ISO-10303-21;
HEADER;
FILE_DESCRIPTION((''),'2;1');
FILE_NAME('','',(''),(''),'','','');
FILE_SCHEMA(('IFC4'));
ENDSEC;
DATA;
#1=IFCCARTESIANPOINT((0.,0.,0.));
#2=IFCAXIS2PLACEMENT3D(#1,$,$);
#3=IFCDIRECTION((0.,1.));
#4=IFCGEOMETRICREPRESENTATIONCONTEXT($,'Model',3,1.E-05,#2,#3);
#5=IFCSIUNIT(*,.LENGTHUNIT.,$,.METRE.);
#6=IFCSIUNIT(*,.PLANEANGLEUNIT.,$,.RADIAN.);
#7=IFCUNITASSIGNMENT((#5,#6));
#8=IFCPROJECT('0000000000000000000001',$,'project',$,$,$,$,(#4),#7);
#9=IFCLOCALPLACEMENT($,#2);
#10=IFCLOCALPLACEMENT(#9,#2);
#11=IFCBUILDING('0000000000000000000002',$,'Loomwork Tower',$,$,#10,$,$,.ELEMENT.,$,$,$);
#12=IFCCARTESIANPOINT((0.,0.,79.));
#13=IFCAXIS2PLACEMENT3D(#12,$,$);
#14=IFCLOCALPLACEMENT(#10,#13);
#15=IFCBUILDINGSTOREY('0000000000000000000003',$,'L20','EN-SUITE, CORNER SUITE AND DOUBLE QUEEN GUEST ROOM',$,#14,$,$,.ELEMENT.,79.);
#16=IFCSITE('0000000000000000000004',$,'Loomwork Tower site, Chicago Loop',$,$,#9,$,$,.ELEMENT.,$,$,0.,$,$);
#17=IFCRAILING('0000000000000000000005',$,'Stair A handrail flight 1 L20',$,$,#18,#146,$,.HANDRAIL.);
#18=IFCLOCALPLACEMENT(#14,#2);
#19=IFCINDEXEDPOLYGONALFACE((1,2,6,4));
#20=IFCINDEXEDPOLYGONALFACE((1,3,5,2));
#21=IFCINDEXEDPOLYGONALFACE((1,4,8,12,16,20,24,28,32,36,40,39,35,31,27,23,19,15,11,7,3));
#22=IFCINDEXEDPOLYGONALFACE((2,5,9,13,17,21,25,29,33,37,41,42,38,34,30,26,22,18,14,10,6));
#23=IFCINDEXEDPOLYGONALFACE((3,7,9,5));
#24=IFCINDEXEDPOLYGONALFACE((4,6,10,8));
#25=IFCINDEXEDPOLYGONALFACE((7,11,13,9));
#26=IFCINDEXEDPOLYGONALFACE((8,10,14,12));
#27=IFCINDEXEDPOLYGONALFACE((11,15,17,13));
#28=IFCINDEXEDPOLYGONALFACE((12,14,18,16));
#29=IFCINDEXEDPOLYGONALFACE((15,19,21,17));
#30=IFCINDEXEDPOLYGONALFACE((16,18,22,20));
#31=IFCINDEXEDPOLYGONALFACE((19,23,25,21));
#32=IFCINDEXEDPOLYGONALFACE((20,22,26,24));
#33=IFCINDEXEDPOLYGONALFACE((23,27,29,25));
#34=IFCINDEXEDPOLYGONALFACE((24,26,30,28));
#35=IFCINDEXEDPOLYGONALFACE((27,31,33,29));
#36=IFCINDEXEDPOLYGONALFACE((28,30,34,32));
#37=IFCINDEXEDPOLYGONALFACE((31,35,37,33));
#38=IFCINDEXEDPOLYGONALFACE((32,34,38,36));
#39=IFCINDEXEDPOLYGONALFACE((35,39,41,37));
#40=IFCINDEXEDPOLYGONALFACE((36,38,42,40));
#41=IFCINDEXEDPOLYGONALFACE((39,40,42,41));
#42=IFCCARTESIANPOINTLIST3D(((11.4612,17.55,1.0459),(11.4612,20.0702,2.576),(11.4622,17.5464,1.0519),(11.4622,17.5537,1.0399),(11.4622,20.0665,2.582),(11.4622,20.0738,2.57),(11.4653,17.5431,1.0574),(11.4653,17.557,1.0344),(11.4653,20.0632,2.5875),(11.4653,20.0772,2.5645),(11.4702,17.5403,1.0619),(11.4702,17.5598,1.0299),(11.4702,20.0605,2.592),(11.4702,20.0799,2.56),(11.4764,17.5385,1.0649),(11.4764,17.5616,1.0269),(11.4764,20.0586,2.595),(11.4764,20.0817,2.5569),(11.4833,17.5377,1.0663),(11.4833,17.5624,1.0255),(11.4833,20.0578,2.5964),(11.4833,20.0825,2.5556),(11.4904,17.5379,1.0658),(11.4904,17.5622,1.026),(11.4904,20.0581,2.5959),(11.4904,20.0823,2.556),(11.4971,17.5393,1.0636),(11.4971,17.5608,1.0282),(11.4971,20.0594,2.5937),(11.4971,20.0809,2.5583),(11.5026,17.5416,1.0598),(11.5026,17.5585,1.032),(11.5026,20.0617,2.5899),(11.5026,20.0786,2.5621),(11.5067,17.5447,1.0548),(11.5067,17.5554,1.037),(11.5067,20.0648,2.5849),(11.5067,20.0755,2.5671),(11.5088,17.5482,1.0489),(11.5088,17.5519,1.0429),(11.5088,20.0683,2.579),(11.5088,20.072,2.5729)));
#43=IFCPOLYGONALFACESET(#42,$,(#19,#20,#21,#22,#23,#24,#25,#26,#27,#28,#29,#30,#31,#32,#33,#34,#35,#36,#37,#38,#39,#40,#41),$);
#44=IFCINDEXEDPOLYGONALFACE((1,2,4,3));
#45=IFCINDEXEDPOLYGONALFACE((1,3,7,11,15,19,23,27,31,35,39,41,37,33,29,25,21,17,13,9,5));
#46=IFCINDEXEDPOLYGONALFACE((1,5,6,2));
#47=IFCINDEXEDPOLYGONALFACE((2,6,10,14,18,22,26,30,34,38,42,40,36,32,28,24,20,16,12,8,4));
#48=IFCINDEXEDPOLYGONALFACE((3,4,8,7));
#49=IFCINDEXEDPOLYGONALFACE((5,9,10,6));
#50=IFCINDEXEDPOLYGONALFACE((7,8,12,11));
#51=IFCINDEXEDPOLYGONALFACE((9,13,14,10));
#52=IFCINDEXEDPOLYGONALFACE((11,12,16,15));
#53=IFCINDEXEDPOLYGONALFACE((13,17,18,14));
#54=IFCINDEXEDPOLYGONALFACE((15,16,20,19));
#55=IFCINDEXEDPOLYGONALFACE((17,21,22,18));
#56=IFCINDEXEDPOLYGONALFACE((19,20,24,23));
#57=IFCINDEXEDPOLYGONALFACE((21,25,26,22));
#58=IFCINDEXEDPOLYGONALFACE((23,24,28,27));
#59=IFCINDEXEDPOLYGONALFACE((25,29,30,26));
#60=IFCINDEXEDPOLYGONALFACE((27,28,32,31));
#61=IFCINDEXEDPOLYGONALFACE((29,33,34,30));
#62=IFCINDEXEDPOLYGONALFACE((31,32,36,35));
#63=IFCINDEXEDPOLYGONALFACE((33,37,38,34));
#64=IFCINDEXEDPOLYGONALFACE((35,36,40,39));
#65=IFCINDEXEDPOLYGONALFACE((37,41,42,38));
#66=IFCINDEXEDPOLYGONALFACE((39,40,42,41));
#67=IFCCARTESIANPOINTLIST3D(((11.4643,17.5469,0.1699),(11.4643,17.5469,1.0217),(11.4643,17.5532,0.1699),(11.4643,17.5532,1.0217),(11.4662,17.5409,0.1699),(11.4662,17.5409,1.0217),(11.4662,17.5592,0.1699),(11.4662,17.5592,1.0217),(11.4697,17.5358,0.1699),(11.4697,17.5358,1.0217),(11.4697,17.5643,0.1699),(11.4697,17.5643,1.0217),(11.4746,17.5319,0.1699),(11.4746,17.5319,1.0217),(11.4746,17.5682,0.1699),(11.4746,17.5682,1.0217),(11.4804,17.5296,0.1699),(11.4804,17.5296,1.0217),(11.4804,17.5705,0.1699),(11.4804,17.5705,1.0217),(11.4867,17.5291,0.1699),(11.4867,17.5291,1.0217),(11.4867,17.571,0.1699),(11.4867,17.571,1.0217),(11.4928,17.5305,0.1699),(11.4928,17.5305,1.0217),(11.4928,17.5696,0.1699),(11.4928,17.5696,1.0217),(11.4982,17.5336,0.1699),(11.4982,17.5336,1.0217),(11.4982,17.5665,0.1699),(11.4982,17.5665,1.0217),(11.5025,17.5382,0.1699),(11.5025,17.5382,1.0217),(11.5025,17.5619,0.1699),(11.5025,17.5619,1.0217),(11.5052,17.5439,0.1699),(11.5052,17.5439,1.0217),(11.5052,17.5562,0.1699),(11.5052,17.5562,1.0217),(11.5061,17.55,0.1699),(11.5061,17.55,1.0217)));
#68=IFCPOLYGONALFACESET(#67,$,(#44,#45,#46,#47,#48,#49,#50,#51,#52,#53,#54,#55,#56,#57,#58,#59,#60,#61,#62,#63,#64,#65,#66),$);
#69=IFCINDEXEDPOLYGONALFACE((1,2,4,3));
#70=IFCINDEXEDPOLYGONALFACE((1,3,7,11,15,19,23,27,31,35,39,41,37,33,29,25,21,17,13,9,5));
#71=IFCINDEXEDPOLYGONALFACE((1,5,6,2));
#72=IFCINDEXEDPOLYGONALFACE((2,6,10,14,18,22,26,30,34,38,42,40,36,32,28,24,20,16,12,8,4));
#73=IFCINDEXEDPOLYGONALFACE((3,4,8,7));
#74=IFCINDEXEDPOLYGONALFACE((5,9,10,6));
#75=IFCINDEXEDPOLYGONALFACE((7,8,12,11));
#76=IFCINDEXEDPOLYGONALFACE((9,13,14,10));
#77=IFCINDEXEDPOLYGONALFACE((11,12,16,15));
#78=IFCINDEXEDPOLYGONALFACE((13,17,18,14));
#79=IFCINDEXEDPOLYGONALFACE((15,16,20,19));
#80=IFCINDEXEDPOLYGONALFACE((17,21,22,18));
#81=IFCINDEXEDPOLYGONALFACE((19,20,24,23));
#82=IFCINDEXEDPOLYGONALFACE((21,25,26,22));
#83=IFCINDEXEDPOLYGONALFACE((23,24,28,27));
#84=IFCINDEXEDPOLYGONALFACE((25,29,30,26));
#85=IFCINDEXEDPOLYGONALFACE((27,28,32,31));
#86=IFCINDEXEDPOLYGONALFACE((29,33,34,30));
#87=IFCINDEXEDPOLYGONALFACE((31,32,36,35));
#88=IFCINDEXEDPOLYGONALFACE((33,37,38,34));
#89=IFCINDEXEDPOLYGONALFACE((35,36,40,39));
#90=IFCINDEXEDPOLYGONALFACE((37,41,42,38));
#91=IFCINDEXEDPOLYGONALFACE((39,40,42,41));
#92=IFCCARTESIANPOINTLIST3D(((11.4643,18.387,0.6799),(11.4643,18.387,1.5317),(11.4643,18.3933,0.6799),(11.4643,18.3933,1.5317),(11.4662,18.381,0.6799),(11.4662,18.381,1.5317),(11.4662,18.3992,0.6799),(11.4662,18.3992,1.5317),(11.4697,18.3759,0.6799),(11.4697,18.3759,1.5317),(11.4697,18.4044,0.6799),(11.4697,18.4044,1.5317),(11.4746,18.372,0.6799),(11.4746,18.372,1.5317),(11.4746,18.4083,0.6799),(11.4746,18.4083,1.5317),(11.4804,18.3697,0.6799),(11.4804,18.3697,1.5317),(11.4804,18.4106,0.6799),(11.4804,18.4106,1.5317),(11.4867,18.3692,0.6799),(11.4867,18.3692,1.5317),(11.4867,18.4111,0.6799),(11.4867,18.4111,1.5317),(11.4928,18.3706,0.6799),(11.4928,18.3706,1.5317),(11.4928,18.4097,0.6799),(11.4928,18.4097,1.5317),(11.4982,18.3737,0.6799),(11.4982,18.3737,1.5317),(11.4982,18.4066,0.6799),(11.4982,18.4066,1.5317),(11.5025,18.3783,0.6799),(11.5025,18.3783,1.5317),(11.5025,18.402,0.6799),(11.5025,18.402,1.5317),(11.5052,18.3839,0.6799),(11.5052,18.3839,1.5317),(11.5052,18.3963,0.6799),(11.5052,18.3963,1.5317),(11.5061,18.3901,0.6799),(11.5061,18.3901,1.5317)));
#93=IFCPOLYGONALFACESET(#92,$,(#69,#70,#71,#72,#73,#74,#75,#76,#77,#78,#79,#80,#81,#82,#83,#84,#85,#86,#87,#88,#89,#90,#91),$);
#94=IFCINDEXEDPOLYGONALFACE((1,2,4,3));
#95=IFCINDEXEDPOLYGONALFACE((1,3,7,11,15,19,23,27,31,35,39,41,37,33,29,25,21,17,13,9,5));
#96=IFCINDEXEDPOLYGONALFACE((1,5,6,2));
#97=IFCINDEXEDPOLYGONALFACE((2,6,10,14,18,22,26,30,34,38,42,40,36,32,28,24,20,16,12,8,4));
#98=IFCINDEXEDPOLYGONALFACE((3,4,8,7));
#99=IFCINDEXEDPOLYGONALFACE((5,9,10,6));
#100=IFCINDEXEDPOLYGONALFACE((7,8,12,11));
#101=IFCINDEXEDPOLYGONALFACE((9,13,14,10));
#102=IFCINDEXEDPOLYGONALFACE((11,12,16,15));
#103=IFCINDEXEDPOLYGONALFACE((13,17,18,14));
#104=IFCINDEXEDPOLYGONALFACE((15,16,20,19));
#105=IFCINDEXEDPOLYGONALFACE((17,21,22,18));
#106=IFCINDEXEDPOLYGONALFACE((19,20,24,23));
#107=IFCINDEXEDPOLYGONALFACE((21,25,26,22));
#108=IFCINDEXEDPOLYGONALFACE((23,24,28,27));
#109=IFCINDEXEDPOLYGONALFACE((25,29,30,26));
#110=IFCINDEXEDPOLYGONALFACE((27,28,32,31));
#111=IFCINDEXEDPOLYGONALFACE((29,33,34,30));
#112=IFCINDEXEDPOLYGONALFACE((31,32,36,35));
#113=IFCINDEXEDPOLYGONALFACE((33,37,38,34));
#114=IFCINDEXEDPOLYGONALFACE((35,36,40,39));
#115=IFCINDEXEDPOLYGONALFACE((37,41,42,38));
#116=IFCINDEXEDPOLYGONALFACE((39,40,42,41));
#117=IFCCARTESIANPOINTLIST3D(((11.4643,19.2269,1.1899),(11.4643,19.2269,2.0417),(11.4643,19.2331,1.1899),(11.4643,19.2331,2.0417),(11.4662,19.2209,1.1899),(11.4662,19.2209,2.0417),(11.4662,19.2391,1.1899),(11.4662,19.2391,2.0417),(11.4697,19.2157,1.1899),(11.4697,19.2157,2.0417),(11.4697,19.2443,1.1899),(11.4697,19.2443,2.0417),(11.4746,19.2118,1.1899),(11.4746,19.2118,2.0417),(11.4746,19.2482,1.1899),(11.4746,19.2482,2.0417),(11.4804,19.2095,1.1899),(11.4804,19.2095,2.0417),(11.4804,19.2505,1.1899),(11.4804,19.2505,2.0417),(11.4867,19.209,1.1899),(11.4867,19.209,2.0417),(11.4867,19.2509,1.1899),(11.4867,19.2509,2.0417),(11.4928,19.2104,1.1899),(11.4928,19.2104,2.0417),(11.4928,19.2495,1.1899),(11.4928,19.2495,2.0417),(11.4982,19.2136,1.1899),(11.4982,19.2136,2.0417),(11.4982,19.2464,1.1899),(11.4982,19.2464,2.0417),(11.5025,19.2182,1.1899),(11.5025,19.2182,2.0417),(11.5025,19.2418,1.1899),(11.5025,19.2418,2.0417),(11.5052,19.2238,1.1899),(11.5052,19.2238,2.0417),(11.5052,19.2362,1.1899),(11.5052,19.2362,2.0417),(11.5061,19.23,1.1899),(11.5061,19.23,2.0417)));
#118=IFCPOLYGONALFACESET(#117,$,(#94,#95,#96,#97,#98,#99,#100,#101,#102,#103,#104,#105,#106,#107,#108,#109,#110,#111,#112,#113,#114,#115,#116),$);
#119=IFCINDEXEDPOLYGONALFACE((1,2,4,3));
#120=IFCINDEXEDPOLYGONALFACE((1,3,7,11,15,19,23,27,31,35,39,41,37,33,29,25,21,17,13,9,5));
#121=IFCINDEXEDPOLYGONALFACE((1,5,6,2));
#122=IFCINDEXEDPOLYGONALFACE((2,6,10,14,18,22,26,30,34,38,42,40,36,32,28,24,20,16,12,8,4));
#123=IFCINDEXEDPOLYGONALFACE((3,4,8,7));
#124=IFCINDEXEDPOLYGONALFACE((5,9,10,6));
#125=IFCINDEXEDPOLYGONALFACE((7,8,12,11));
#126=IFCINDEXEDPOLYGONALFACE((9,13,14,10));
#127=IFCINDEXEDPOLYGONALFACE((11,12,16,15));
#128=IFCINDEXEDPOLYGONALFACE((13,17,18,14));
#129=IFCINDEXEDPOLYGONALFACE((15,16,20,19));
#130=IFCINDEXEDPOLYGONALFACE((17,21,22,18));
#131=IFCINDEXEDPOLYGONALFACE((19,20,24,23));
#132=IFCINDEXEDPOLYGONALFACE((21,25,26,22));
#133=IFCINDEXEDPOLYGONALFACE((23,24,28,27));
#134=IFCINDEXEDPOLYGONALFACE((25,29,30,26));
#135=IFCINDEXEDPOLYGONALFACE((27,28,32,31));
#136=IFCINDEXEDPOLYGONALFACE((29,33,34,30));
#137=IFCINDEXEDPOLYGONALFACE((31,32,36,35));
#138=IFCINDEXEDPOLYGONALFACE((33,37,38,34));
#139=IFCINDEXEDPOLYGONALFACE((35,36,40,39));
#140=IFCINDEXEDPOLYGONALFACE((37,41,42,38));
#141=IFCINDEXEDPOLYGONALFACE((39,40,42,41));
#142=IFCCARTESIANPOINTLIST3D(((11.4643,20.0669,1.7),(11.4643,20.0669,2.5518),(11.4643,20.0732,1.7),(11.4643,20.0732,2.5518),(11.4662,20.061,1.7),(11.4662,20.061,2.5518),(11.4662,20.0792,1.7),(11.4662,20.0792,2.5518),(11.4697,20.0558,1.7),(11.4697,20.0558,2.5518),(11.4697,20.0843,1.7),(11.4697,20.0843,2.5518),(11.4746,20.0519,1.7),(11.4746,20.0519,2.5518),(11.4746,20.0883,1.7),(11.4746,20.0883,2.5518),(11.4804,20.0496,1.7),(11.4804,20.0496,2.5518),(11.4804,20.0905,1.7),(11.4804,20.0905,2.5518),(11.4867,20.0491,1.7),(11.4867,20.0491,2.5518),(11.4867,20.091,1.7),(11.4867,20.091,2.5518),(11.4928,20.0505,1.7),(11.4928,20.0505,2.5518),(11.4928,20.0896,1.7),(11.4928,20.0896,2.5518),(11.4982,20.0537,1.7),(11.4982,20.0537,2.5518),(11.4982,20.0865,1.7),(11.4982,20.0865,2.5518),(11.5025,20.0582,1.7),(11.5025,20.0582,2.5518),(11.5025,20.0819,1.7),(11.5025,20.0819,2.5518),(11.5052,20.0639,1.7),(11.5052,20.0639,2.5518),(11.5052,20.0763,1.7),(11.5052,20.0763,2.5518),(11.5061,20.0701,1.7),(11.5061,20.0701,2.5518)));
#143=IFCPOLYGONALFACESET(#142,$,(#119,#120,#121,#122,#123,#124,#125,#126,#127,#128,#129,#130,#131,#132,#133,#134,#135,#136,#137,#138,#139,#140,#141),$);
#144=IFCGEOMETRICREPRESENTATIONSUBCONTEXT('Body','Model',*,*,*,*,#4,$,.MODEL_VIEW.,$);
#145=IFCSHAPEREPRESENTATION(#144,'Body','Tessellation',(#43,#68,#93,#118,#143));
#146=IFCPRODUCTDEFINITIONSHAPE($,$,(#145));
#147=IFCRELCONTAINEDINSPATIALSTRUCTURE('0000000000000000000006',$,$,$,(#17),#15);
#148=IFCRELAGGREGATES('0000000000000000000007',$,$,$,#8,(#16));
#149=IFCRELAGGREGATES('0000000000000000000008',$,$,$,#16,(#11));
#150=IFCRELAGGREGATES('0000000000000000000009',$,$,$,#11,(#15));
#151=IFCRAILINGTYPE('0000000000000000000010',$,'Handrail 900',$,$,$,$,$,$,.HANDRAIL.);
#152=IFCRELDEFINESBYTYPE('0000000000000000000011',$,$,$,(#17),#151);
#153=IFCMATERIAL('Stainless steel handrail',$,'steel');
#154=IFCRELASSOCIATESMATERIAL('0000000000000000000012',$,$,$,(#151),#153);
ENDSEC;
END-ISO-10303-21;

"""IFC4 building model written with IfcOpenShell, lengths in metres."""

from ifc_helpers import new_model, si_unit, direction, frame, origin, origin_2d, place, context, subcontext, project, spatial, circle, extrude, material, type_object, element, save


model = new_model("IFC4")

# Units and contexts
model_context = context("Model", 3, precision=1e-05, world=origin(), true_north=direction((0.0, 1.0)))
body_context = subcontext(model_context, "Body", "Model", "MODEL_VIEW")
ifc_project = project(units=[si_unit("LENGTHUNIT", "METRE"), si_unit("PLANEANGLEUNIT", "RADIAN")], contexts=[model_context])

# Site, building, storey
site_placement = place(None, origin())
site = spatial("IfcSite", under=ifc_project, at=site_placement, Name="Loomwork Tower site, Chicago Loop", CompositionType="ELEMENT", RefElevation=0.0)
building_placement = place(site_placement, origin())
building = spatial("IfcBuilding", under=site, at=building_placement, Name="Loomwork Tower", CompositionType="ELEMENT")
storey_placement = place(building_placement, frame((0.0, 0.0, 79.0)))
storey = spatial("IfcBuildingStorey", under=building, at=storey_placement, Name="L20", Description="EN-SUITE, CORNER SUITE AND DOUBLE QUEEN GUEST ROOM", CompositionType="ELEMENT", Elevation=79.0)

# Railing
ifc_material_1 = material(Name="Stainless steel handrail", Category="steel")
railing_type = type_object("IfcRailingType", Name="Handrail 900", PredefinedType="HANDRAIL", material=ifc_material_1)
railing_1_placement = place(storey_placement, frame((11.4851, 17.55, 0.1699)))
element("IfcRailing", 1, at=railing_1_placement, inside=storey, type_object=railing_type, Name="Stair A handrail flight 1 L20", PredefinedType="HANDRAIL", context=body_context, shape_type="SweptSolid", body=[
    extrude(circle(Radius=0.0239, at=origin_2d()), frame((0.0, 0.0, 0.876), z_axis=(0.0, 0.854785, 0.518982), x_axis=(-1.0, 0.0, 0.0)), (0.0, 0.0, 1.0), 2.9482),
    extrude(circle(Radius=0.021, at=origin_2d()), origin(), (0.0, 0.0, 1.0), 0.8518),
    extrude(circle(Radius=0.021, at=origin_2d()), frame((0.0, 0.8401, 0.51)), (0.0, 0.0, 1.0), 0.8518),
    extrude(circle(Radius=0.021, at=origin_2d()), frame((0.0, 1.6799, 1.02)), (0.0, 0.0, 1.0), 0.8518),
    extrude(circle(Radius=0.021, at=origin_2d()), frame((0.0, 2.52, 1.53)), (0.0, 0.0, 1.0), 0.8518),
])

save(model, "model.ifc")
